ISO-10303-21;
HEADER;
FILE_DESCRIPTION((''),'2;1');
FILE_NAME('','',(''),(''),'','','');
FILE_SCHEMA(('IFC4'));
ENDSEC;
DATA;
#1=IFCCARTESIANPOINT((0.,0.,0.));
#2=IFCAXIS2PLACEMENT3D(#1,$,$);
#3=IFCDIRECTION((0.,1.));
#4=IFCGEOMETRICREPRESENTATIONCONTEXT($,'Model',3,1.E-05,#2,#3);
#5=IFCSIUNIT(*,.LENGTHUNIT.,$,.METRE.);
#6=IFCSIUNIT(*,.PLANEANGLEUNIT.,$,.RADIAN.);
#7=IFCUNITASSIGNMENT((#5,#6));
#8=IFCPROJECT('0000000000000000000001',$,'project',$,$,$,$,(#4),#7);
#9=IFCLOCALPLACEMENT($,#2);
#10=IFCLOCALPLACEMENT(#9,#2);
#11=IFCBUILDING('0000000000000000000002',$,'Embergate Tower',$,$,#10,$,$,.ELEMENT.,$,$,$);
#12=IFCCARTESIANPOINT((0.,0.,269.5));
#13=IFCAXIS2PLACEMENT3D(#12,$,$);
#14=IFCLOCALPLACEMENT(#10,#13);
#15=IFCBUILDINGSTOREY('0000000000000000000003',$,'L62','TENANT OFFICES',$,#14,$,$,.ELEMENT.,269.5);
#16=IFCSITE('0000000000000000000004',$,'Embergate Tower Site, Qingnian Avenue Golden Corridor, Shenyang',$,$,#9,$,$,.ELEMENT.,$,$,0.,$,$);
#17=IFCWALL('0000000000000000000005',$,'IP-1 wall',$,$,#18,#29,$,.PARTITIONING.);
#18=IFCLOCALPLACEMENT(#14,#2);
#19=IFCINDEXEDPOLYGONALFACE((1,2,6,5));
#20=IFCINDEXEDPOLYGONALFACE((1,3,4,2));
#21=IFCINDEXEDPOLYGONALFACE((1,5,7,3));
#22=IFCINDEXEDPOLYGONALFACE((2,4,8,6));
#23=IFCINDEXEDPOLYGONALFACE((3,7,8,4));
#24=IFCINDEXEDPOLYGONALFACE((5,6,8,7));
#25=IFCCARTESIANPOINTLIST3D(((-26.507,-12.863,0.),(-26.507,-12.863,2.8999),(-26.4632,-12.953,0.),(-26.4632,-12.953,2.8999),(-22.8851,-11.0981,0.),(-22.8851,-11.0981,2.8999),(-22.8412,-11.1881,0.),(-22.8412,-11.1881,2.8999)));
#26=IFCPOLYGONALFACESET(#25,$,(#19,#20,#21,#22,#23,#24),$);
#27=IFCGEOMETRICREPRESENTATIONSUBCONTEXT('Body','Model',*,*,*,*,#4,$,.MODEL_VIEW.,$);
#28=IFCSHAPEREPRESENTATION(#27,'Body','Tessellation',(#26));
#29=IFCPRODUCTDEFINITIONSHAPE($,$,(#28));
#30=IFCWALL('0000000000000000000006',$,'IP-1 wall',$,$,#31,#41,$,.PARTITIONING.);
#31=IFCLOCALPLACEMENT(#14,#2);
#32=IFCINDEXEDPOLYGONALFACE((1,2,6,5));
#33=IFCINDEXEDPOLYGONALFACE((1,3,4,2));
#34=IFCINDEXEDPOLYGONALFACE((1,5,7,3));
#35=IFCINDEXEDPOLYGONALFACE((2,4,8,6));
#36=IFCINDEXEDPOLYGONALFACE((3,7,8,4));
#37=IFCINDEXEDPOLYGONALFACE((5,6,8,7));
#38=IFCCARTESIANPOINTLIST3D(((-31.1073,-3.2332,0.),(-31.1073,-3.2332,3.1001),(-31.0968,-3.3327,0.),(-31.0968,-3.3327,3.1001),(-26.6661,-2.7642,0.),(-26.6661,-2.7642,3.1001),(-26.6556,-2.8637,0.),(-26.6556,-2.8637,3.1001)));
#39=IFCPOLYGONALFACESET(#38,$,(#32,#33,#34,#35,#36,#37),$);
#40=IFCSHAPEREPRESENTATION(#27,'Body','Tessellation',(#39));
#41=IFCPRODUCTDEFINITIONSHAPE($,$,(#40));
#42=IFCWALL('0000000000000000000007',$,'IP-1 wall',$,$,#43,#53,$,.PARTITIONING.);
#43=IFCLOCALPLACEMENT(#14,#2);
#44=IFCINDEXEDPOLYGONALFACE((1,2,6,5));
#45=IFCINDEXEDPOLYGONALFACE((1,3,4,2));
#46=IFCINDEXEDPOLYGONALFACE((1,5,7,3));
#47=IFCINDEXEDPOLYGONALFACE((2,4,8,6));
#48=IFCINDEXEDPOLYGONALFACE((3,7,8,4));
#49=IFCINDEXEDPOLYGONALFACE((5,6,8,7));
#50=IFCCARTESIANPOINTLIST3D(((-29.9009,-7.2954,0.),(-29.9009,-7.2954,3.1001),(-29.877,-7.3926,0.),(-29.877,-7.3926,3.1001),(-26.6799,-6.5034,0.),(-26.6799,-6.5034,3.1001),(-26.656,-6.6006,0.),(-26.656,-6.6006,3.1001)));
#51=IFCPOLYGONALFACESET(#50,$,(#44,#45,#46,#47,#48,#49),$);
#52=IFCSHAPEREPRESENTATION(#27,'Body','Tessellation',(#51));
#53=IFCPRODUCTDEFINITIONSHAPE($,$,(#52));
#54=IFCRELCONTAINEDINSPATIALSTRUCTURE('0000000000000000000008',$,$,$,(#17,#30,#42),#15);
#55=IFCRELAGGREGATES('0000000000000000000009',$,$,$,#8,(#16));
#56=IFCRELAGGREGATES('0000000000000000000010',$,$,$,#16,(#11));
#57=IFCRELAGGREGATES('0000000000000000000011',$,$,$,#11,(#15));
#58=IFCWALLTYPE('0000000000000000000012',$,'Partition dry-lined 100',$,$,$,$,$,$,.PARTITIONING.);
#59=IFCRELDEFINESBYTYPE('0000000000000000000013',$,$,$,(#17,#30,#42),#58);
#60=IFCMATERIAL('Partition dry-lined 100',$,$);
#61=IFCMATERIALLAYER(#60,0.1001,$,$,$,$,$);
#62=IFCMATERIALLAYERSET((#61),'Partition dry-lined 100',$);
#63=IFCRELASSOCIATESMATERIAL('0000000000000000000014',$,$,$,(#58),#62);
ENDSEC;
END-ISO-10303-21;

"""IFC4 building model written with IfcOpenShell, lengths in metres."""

from ifc_helpers import new_model, si_unit, direction, frame, frame_2d, origin, place, context, subcontext, project, spatial, rectangle, extrude, source, transform, mapped, material, layer, layer_set, type_object, element, save


model = new_model("IFC4")

# Units and contexts
model_context = context("Model", 3, precision=1e-05, world=origin(), true_north=direction((0.0, 1.0)))
body_context = subcontext(model_context, "Body", "Model", "MODEL_VIEW")
ifc_project = project(units=[si_unit("LENGTHUNIT", "METRE"), si_unit("PLANEANGLEUNIT", "RADIAN")], contexts=[model_context])

# Site, building, storey
site_placement = place(None, origin())
site = spatial("IfcSite", under=ifc_project, at=site_placement, Name="Embergate Tower Site, Qingnian Avenue Golden Corridor, Shenyang", CompositionType="ELEMENT", RefElevation=0.0)
building_placement = place(site_placement, origin())
building = spatial("IfcBuilding", under=site, at=building_placement, Name="Embergate Tower", CompositionType="ELEMENT")
storey_placement = place(building_placement, frame((0.0, 0.0, 269.5)))
storey = spatial("IfcBuildingStorey", under=building, at=storey_placement, Name="L62", Description="TENANT OFFICES", CompositionType="ELEMENT", Elevation=269.5)

# Walls
ifc_material_1 = material(Name="Partition dry-lined 100")
ifc_layer_1 = layer(ifc_material_1, 0.1001)
ifc_layer_set_1 = layer_set([ifc_layer_1], Name="Partition dry-lined 100")
wall_type_1 = type_object("IfcWallType", Name="Partition dry-lined 100", PredefinedType="PARTITIONING", material=ifc_layer_set_1)
shared_shape_1 = source(origin(), body_context, "Body", "SweptSolid", [
    extrude(rectangle(XDim=4.0291, YDim=0.1001, at=frame_2d((2.0146, 0.0))), origin(), (0.0, 0.0, 1.0), 2.8999),
])
wall_1_placement = place(storey_placement, frame((-22.863, -11.1431, 0.0), z_axis=(0.0, 0.0, 1.0), x_axis=(-0.898961, -0.438028, 0.0)))
element("IfcWall", 1, at=wall_1_placement, inside=storey, type_object=wall_type_1, Name="IP-1 wall", PredefinedType="PARTITIONING", context=body_context, shape_type="MappedRepresentation", body=[
    mapped(shared_shape_1, transform((0.0, 0.0, 0.0))),
])
shared_shape_2 = source(origin(), body_context, "Body", "SweptSolid", [
    extrude(rectangle(XDim=4.4658, YDim=0.1001, at=frame_2d((2.2329, 0.0))), origin(), (0.0, 0.0, 1.0), 3.1001),
])
wall_2_placement = place(storey_placement, frame((-26.6609, -2.814, 0.0), z_axis=(0.0, 0.0, 1.0), x_axis=(-0.99447, -0.105018, 0.0)))
element("IfcWall", 2, at=wall_2_placement, inside=storey, type_object=wall_type_1, Name="IP-1 wall", PredefinedType="PARTITIONING", context=body_context, shape_type="MappedRepresentation", body=[
    mapped(shared_shape_2, transform((0.0, 0.0, 0.0))),
])
shared_shape_3 = source(origin(), body_context, "Body", "SweptSolid", [
    extrude(rectangle(XDim=3.3169, YDim=0.1001, at=frame_2d((1.6584, 0.0))), origin(), (0.0, 0.0, 1.0), 3.1001),
])
wall_3_placement = place(storey_placement, frame((-26.668, -6.552, 0.0), z_axis=(0.0, 0.0, 1.0), x_axis=(-0.971075, -0.238776, 0.0)))
element("IfcWall", 3, at=wall_3_placement, inside=storey, type_object=wall_type_1, Name="IP-1 wall", PredefinedType="PARTITIONING", context=body_context, shape_type="MappedRepresentation", body=[
    mapped(shared_shape_3, transform((0.0, 0.0, 0.0))),
])

save(model, "model.ifc")
